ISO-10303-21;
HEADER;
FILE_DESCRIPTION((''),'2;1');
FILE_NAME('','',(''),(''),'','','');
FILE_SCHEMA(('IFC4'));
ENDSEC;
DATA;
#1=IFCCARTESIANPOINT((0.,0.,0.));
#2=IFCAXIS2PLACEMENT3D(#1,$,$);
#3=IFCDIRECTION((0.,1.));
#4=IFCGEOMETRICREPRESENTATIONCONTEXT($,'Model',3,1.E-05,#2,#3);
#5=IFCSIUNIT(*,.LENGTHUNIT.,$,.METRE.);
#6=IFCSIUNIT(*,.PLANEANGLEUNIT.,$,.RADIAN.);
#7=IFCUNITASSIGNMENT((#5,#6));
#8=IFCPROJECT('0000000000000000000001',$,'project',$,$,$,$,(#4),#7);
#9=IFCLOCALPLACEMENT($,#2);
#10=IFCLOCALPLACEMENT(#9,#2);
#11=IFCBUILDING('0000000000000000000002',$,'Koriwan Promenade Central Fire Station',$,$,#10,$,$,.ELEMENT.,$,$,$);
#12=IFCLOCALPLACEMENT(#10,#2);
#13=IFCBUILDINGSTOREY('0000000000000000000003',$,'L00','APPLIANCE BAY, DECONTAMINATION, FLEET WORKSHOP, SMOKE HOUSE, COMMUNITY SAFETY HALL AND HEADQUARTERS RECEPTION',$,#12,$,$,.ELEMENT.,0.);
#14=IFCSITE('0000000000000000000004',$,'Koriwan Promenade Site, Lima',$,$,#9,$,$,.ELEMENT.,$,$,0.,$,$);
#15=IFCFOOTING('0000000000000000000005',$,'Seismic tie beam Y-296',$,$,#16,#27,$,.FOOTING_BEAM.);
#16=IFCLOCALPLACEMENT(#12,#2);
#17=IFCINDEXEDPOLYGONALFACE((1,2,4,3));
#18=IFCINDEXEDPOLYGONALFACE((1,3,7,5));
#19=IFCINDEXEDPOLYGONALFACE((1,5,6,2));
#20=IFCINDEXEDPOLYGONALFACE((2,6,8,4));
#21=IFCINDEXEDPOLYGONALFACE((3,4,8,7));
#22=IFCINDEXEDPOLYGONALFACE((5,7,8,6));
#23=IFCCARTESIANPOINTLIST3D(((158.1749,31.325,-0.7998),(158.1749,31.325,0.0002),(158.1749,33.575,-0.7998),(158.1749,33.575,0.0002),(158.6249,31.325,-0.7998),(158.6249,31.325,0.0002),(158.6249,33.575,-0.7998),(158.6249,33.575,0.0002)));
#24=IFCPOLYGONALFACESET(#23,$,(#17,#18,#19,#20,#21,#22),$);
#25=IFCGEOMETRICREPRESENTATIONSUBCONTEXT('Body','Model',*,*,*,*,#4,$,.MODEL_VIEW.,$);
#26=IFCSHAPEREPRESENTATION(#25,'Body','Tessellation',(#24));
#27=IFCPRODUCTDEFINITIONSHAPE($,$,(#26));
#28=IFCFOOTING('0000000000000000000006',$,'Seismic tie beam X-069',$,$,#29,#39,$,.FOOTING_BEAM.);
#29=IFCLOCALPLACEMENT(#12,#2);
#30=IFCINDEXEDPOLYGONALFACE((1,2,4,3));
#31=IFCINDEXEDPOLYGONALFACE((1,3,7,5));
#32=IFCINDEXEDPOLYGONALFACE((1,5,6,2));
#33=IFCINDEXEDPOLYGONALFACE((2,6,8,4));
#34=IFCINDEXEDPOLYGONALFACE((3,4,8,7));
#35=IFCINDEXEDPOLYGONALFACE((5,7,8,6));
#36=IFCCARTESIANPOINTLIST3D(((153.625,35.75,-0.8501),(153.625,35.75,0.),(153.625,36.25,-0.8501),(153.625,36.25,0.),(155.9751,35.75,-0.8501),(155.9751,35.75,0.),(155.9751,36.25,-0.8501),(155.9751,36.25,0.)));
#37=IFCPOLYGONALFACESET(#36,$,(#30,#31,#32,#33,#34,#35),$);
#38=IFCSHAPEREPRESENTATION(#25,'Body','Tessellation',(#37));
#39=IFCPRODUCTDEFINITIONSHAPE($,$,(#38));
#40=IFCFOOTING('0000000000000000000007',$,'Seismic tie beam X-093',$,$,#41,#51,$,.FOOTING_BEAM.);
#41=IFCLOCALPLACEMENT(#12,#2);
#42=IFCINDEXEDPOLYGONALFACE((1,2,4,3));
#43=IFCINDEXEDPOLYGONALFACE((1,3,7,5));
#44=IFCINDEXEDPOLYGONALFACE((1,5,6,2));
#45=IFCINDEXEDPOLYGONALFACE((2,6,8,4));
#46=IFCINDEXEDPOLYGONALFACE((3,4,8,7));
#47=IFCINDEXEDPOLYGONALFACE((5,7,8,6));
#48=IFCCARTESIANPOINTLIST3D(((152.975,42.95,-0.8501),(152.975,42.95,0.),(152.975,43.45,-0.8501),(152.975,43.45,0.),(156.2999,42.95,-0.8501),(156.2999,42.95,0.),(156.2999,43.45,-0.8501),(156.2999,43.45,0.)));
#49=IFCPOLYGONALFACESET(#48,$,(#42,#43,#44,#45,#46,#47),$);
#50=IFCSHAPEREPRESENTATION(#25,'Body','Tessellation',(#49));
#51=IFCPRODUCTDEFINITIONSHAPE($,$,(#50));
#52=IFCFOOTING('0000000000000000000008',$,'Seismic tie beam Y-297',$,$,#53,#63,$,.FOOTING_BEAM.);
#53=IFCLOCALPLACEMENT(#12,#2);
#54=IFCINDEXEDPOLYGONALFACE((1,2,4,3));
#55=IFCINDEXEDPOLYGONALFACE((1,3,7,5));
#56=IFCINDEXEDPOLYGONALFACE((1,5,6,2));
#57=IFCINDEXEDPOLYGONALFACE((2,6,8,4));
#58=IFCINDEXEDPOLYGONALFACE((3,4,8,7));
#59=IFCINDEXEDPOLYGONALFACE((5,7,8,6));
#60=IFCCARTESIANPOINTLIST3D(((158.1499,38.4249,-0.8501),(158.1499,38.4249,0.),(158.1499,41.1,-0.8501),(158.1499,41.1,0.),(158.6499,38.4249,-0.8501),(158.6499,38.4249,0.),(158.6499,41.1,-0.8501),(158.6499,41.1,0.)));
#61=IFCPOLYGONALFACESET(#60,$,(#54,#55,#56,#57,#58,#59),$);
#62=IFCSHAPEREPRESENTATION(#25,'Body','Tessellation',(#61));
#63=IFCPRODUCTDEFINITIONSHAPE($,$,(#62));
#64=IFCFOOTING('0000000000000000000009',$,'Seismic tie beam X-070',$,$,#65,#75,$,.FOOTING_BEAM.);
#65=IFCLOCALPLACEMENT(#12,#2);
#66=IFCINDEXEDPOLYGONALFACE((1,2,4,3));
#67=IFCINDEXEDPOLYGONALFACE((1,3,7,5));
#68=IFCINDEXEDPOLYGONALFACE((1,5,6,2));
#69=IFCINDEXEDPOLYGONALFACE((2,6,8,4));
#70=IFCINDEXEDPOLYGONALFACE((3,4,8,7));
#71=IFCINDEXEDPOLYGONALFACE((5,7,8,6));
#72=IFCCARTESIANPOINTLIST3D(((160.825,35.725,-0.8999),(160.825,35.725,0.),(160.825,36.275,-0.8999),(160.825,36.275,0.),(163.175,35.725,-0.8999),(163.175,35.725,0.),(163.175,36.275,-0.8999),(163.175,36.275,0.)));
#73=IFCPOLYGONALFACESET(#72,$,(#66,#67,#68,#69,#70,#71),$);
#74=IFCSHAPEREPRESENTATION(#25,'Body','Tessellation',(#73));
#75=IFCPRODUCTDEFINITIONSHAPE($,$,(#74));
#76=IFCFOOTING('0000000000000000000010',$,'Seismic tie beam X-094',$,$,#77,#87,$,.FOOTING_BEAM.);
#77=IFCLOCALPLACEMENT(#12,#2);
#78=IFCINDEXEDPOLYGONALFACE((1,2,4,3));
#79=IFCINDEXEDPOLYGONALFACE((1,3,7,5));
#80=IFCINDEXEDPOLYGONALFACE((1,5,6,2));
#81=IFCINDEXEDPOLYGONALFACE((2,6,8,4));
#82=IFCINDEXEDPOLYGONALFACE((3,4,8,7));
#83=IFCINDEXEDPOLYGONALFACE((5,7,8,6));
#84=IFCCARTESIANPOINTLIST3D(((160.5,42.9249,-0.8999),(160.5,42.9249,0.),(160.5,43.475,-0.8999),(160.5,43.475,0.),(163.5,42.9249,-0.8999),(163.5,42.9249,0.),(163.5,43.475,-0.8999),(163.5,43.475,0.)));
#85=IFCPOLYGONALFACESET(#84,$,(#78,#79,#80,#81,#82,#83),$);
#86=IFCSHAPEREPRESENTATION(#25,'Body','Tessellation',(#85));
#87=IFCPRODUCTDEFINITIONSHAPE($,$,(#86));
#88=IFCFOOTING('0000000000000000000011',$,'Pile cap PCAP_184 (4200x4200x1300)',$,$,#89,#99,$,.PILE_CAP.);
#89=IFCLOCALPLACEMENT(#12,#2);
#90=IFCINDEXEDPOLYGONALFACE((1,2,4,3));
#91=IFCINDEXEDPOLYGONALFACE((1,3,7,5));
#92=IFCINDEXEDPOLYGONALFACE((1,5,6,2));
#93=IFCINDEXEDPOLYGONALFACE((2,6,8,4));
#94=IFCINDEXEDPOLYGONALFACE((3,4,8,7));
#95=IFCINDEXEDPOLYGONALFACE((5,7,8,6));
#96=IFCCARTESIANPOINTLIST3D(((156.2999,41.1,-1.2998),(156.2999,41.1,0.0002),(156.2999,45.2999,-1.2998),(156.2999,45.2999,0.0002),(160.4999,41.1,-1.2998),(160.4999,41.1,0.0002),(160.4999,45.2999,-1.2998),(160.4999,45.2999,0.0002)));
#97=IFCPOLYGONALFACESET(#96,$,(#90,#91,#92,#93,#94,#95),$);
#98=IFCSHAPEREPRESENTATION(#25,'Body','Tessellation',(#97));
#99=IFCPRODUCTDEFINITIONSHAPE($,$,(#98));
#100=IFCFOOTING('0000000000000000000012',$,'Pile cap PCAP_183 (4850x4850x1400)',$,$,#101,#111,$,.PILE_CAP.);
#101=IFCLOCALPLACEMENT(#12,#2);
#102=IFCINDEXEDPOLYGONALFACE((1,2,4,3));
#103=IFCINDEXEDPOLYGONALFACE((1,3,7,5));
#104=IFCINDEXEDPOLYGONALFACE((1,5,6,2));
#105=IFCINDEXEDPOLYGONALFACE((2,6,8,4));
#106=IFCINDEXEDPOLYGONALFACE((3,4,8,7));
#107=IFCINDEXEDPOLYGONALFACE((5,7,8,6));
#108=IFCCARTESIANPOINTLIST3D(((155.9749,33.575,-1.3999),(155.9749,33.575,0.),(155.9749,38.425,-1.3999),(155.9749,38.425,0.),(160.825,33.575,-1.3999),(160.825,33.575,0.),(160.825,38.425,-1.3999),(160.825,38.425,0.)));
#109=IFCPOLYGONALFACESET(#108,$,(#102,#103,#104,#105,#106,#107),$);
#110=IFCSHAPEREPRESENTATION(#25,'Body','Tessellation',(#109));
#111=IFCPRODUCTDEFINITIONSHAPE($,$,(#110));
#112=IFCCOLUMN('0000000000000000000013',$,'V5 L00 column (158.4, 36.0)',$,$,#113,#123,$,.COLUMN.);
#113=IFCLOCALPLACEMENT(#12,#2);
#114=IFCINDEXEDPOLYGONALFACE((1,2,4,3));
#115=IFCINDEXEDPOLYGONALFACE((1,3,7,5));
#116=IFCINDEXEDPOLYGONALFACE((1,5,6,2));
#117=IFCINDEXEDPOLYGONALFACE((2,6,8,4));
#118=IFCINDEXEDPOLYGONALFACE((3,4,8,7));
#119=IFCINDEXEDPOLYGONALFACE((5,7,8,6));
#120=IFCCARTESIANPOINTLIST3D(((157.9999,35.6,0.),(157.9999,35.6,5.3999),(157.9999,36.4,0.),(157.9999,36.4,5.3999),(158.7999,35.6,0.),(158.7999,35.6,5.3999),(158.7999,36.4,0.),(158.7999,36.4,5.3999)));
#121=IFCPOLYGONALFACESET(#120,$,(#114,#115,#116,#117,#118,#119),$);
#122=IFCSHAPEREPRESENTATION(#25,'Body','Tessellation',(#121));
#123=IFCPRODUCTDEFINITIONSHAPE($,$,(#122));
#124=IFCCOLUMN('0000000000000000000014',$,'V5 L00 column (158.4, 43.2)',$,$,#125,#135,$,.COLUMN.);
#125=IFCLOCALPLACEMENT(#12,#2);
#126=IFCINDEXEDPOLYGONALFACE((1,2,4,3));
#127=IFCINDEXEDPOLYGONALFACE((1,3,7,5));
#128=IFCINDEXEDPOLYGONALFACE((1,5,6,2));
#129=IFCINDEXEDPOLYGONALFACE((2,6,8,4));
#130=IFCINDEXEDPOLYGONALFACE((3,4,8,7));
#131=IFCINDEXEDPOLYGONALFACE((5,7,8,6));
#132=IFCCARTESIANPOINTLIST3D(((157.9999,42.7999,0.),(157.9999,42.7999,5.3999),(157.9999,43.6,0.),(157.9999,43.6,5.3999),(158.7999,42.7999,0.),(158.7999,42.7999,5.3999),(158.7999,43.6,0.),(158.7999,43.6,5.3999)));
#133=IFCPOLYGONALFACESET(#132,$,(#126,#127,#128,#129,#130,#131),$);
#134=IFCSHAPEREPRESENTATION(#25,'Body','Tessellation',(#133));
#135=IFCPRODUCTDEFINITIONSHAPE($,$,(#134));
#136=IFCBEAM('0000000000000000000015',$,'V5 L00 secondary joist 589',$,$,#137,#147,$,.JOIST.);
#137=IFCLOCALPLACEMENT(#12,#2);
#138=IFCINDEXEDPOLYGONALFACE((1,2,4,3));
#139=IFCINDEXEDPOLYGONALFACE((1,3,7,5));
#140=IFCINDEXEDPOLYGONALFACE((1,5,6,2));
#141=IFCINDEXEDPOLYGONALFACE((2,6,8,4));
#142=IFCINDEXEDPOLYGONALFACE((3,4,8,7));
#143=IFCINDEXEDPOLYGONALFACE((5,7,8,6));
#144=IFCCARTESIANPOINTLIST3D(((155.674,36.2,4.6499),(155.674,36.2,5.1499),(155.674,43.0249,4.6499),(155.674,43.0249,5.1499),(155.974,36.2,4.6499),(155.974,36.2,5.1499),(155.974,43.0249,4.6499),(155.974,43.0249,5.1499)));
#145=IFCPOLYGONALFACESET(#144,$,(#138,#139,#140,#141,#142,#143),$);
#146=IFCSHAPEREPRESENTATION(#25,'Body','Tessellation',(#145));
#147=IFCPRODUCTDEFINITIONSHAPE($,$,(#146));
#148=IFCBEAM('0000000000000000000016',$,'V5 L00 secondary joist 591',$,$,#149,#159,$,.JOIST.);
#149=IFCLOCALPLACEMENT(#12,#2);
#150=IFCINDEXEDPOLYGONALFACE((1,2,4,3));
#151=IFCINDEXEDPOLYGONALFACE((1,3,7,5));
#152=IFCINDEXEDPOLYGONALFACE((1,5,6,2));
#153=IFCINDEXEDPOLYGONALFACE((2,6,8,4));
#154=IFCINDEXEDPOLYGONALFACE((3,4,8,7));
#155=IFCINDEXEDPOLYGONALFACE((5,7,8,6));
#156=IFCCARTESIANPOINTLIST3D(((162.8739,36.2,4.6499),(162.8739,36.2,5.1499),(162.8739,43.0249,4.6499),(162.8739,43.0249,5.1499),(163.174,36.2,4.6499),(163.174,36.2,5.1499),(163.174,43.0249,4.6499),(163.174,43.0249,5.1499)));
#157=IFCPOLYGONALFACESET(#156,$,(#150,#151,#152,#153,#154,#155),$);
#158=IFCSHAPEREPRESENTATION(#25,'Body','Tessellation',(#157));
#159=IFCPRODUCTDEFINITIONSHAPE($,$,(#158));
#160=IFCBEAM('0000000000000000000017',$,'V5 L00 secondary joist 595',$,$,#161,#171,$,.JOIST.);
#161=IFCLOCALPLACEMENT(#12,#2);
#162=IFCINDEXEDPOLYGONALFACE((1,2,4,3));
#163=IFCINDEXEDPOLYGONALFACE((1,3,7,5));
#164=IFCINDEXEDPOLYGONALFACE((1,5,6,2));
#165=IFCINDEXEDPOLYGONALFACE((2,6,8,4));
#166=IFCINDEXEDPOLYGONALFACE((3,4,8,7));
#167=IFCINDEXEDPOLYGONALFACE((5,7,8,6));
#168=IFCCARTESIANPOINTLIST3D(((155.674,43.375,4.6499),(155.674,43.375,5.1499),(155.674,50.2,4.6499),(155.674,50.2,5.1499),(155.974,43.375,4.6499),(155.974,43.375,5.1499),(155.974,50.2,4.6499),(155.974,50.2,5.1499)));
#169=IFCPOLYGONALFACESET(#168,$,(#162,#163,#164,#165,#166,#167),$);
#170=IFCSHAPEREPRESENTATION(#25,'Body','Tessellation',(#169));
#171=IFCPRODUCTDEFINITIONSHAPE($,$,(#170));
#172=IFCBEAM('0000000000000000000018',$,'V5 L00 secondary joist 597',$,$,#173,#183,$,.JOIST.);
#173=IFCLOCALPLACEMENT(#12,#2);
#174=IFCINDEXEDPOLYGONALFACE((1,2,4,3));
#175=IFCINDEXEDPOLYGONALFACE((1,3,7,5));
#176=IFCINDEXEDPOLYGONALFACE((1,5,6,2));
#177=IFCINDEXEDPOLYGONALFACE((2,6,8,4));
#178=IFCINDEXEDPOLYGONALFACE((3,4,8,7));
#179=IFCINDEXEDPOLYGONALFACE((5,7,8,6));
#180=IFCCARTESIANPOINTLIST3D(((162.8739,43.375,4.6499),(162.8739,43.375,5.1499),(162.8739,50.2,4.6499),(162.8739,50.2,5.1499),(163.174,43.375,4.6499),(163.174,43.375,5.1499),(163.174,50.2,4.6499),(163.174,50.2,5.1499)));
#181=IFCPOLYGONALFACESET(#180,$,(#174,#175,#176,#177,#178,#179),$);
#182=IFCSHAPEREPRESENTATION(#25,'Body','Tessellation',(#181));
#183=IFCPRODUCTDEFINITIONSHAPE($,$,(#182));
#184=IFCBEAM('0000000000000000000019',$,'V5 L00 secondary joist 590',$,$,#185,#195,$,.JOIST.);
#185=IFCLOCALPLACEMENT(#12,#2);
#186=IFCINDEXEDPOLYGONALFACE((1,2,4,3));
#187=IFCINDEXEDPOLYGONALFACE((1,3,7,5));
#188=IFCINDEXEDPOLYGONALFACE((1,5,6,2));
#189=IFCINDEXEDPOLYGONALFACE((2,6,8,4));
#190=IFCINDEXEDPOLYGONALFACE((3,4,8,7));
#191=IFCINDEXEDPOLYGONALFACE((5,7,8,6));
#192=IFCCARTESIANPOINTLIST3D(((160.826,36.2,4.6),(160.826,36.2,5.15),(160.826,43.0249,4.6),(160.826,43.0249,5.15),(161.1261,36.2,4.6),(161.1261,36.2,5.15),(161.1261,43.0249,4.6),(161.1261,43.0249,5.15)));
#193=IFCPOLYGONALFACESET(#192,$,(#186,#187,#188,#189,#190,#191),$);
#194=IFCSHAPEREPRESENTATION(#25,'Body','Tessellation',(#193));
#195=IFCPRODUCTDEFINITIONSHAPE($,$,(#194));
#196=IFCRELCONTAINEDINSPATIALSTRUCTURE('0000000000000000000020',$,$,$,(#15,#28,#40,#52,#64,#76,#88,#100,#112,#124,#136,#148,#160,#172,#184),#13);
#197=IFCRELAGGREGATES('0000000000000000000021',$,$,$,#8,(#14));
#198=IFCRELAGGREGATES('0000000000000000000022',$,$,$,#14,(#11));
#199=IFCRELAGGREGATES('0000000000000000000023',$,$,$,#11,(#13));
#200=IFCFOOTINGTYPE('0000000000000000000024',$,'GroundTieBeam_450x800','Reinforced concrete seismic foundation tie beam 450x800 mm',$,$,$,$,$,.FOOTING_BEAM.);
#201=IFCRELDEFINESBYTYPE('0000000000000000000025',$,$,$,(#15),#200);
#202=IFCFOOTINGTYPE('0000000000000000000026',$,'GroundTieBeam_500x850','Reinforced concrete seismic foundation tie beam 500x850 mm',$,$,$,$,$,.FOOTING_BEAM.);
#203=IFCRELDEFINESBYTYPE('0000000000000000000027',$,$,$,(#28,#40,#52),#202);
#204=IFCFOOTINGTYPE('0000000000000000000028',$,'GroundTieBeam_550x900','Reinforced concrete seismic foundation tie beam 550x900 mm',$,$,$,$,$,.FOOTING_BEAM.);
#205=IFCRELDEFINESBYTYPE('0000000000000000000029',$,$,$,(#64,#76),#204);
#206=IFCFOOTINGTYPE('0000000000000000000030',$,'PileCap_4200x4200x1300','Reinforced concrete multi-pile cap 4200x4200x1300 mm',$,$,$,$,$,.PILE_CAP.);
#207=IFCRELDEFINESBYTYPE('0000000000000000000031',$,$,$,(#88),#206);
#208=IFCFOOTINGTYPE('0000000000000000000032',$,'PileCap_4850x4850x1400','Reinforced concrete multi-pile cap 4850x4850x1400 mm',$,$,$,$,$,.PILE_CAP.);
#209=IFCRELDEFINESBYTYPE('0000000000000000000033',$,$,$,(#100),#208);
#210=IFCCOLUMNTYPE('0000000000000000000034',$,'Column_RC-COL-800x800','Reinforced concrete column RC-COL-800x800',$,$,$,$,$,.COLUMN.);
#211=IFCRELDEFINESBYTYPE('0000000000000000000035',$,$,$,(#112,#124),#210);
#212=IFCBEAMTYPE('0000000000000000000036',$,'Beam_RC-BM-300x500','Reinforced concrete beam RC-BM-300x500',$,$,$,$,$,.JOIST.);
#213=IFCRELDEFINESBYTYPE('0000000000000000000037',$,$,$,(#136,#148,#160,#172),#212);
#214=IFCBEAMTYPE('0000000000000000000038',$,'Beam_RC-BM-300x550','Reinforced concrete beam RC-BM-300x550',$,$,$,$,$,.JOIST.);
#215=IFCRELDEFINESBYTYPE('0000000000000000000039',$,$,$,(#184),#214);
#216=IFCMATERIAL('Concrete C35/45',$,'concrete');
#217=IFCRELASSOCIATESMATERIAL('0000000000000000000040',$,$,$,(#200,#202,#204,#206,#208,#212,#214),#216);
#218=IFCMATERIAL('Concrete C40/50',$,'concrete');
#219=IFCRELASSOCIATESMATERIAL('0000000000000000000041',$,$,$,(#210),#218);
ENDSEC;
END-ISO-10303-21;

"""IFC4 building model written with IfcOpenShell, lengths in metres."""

from ifc_helpers import new_model, si_unit, direction, frame, origin, origin_2d, place, context, subcontext, project, spatial, rectangle, extrude, material, material_profile, profile_set, type_object, element, save


model = new_model("IFC4")

# Units and contexts
model_context = context("Model", 3, precision=1e-05, world=origin(), true_north=direction((0.0, 1.0)))
body_context = subcontext(model_context, "Body", "Model", "MODEL_VIEW")
ifc_project = project(units=[si_unit("LENGTHUNIT", "METRE"), si_unit("PLANEANGLEUNIT", "RADIAN")], contexts=[model_context])

# Site, building, storey
site_placement = place(None, origin())
site = spatial("IfcSite", under=ifc_project, at=site_placement, Name="Koriwan Promenade Site, Lima", CompositionType="ELEMENT", RefElevation=0.0)
building_placement = place(site_placement, origin())
building = spatial("IfcBuilding", under=site, at=building_placement, Name="Koriwan Promenade Central Fire Station", CompositionType="ELEMENT")
storey_placement = place(building_placement, origin())
storey = spatial("IfcBuildingStorey", under=building, at=storey_placement, Name="L00", Description="APPLIANCE BAY, DECONTAMINATION, FLEET WORKSHOP, SMOKE HOUSE, COMMUNITY SAFETY HALL AND HEADQUARTERS RECEPTION", CompositionType="ELEMENT", Elevation=0.0)

# Shared definitions
ifc_material_1 = material(Name="Concrete C35/45", Category="concrete")

# Footings
footing_type_1 = type_object("IfcFootingType", Name="GroundTieBeam_450x800", Description="Reinforced concrete seismic foundation tie beam 450x800 mm", PredefinedType="FOOTING_BEAM", material=ifc_material_1)
footing_1_placement = place(storey_placement, frame((158.3999, 32.45, -0.7998), z_axis=(0.0, 0.0, 1.0), x_axis=(0.0, 1.0, 0.0)))
element("IfcFooting", 1, at=footing_1_placement, inside=storey, type_object=footing_type_1, Name="Seismic tie beam Y-296", PredefinedType="FOOTING_BEAM", context=body_context, shape_type="SweptSolid", body=[
    extrude(rectangle(XDim=2.25, YDim=0.45, at=origin_2d()), origin(), (0.0, 0.0, 1.0), 0.8),
])
footing_type_2 = type_object("IfcFootingType", Name="GroundTieBeam_500x850", Description="Reinforced concrete seismic foundation tie beam 500x850 mm", PredefinedType="FOOTING_BEAM", material=ifc_material_1)
footing_2_placement = place(storey_placement, frame((154.8, 36.0, -0.8501), z_axis=(0.0, 0.0, 1.0), x_axis=(1.0, 0.0, 0.0)))
element("IfcFooting", 2, at=footing_2_placement, inside=storey, type_object=footing_type_2, Name="Seismic tie beam X-069", PredefinedType="FOOTING_BEAM", context=body_context, shape_type="SweptSolid", body=[
    extrude(rectangle(XDim=2.3501, YDim=0.5, at=origin_2d()), origin(), (0.0, 0.0, 1.0), 0.8501),
])
footing_3_placement = place(storey_placement, frame((154.6375, 43.2, -0.8501), z_axis=(0.0, 0.0, 1.0), x_axis=(1.0, 0.0, 0.0)))
element("IfcFooting", 3, at=footing_3_placement, inside=storey, type_object=footing_type_2, Name="Seismic tie beam X-093", PredefinedType="FOOTING_BEAM", context=body_context, shape_type="SweptSolid", body=[
    extrude(rectangle(XDim=3.325, YDim=0.5, at=origin_2d()), origin(), (0.0, 0.0, 1.0), 0.8501),
])
footing_4_placement = place(storey_placement, frame((158.3999, 39.7625, -0.8501), z_axis=(0.0, 0.0, 1.0), x_axis=(0.0, 1.0, 0.0)))
element("IfcFooting", 4, at=footing_4_placement, inside=storey, type_object=footing_type_2, Name="Seismic tie beam Y-297", PredefinedType="FOOTING_BEAM", context=body_context, shape_type="SweptSolid", body=[
    extrude(rectangle(XDim=2.675, YDim=0.5, at=origin_2d()), origin(), (0.0, 0.0, 1.0), 0.8501),
])
footing_type_3 = type_object("IfcFootingType", Name="GroundTieBeam_550x900", Description="Reinforced concrete seismic foundation tie beam 550x900 mm", PredefinedType="FOOTING_BEAM", material=ifc_material_1)
footing_5_placement = place(storey_placement, frame((162.0, 36.0, -0.8999), z_axis=(0.0, 0.0, 1.0), x_axis=(1.0, 0.0, 0.0)))
element("IfcFooting", 5, at=footing_5_placement, inside=storey, type_object=footing_type_3, Name="Seismic tie beam X-070", PredefinedType="FOOTING_BEAM", context=body_context, shape_type="SweptSolid", body=[
    extrude(rectangle(XDim=2.3501, YDim=0.55, at=origin_2d()), origin(), (0.0, 0.0, 1.0), 0.8999),
])
footing_6_placement = place(storey_placement, frame((162.0, 43.2, -0.8999), z_axis=(0.0, 0.0, 1.0), x_axis=(1.0, 0.0, 0.0)))
element("IfcFooting", 6, at=footing_6_placement, inside=storey, type_object=footing_type_3, Name="Seismic tie beam X-094", PredefinedType="FOOTING_BEAM", context=body_context, shape_type="SweptSolid", body=[
    extrude(rectangle(XDim=3.0, YDim=0.55, at=origin_2d()), origin(), (0.0, 0.0, 1.0), 0.8999),
])
footing_type_4 = type_object("IfcFootingType", Name="PileCap_4200x4200x1300", Description="Reinforced concrete multi-pile cap 4200x4200x1300 mm", PredefinedType="PILE_CAP", material=ifc_material_1)
footing_7_placement = place(storey_placement, frame((158.3999, 43.2, -1.2998), z_axis=(0.0, 0.0, 1.0), x_axis=(1.0, 0.0, 0.0)))
element("IfcFooting", 7, at=footing_7_placement, inside=storey, type_object=footing_type_4, Name="Pile cap PCAP_184 (4200x4200x1300)", PredefinedType="PILE_CAP", context=body_context, shape_type="SweptSolid", body=[
    extrude(rectangle(XDim=4.2, YDim=4.2, at=origin_2d()), origin(), (0.0, 0.0, 1.0), 1.3),
])
footing_type_5 = type_object("IfcFootingType", Name="PileCap_4850x4850x1400", Description="Reinforced concrete multi-pile cap 4850x4850x1400 mm", PredefinedType="PILE_CAP", material=ifc_material_1)
footing_8_placement = place(storey_placement, frame((158.3999, 36.0, -1.3999), z_axis=(0.0, 0.0, 1.0), x_axis=(1.0, 0.0, 0.0)))
element("IfcFooting", 8, at=footing_8_placement, inside=storey, type_object=footing_type_5, Name="Pile cap PCAP_183 (4850x4850x1400)", PredefinedType="PILE_CAP", context=body_context, shape_type="SweptSolid", body=[
    extrude(rectangle(XDim=4.8501, YDim=4.8501, at=origin_2d()), origin(), (0.0, 0.0, 1.0), 1.3999),
])

# Columns
ifc_material_2 = material(Name="Concrete C40/50", Category="concrete")
ifc_material_profile_1 = material_profile(ifc_material_2, rectangle(XDim=0.8, YDim=0.8, at=origin_2d()), Name="RC-COL-800x800")
ifc_profile_set_1 = profile_set([ifc_material_profile_1], Name="Concrete C40/50")
column_type = type_object("IfcColumnType", Name="Column_RC-COL-800x800", Description="Reinforced concrete column RC-COL-800x800", PredefinedType="COLUMN", material=ifc_profile_set_1)
for number, where, z_axis, x_axis, name in (
    (9, (158.3999, 36.0, 0.0), (0.0, 0.0, 1.0), (1.0, 0.0, 0.0), "V5 L00 column (158.4, 36.0)"),
    (10, (158.3999, 43.2, 0.0), (0.0, 0.0, 1.0), (1.0, 0.0, 0.0), "V5 L00 column (158.4, 43.2)"),
):
    element("IfcColumn", number, at=place(storey_placement, frame(where, z_axis=z_axis, x_axis=x_axis)), inside=storey, type_object=column_type, Name=name, PredefinedType="COLUMN", context=body_context, shape_type="SweptSolid", body=[
        extrude(rectangle(XDim=0.8, YDim=0.8, at=origin_2d()), origin(), (0.0, 0.0, 1.0), 5.3999),
    ])

# Beams
ifc_material_profile_2 = material_profile(ifc_material_1, rectangle(XDim=0.3, YDim=0.5, at=origin_2d()), Name="RC-BM-300x500")
ifc_profile_set_2 = profile_set([ifc_material_profile_2], Name="Concrete C35/45")
beam_type_1 = type_object("IfcBeamType", Name="Beam_RC-BM-300x500", Description="Reinforced concrete beam RC-BM-300x500", PredefinedType="JOIST", material=ifc_profile_set_2)
for number, where, z_axis, x_axis, name in (
    (11, (155.824, 36.2, 4.8999), (0.0, 1.0, 0.0), (-1.0, 0.0, 0.0), "V5 L00 secondary joist 589"),
    (12, (163.0239, 36.2, 4.8999), (0.0, 1.0, 0.0), (-1.0, 0.0, 0.0), "V5 L00 secondary joist 591"),
    (13, (155.824, 43.375, 4.8999), (0.0, 1.0, 0.0), (-1.0, 0.0, 0.0), "V5 L00 secondary joist 595"),
    (14, (163.0239, 43.375, 4.8999), (0.0, 1.0, 0.0), (-1.0, 0.0, 0.0), "V5 L00 secondary joist 597"),
):
    element("IfcBeam", number, at=place(storey_placement, frame(where, z_axis=z_axis, x_axis=x_axis)), inside=storey, type_object=beam_type_1, Name=name, PredefinedType="JOIST", context=body_context, shape_type="SweptSolid", body=[
        extrude(rectangle(XDim=0.3, YDim=0.5, at=origin_2d()), origin(), (0.0, 0.0, 1.0), 6.825),
    ])
ifc_material_profile_3 = material_profile(ifc_material_1, rectangle(XDim=0.3, YDim=0.55, at=origin_2d()), Name="RC-BM-300x550")
ifc_profile_set_3 = profile_set([ifc_material_profile_3], Name="Concrete C35/45")
beam_type_2 = type_object("IfcBeamType", Name="Beam_RC-BM-300x550", Description="Reinforced concrete beam RC-BM-300x550", PredefinedType="JOIST", material=ifc_profile_set_3)
for number, where, z_axis, x_axis, name in (
    (15, (160.9761, 36.2, 4.875), (0.0, 1.0, 0.0), (-1.0, 0.0, 0.0), "V5 L00 secondary joist 590"),
):
    element("IfcBeam", number, at=place(storey_placement, frame(where, z_axis=z_axis, x_axis=x_axis)), inside=storey, type_object=beam_type_2, Name=name, PredefinedType="JOIST", context=body_context, shape_type="SweptSolid", body=[
        extrude(rectangle(XDim=0.3, YDim=0.55, at=origin_2d()), origin(), (0.0, 0.0, 1.0), 6.825),
    ])

save(model, "model.ifc")
